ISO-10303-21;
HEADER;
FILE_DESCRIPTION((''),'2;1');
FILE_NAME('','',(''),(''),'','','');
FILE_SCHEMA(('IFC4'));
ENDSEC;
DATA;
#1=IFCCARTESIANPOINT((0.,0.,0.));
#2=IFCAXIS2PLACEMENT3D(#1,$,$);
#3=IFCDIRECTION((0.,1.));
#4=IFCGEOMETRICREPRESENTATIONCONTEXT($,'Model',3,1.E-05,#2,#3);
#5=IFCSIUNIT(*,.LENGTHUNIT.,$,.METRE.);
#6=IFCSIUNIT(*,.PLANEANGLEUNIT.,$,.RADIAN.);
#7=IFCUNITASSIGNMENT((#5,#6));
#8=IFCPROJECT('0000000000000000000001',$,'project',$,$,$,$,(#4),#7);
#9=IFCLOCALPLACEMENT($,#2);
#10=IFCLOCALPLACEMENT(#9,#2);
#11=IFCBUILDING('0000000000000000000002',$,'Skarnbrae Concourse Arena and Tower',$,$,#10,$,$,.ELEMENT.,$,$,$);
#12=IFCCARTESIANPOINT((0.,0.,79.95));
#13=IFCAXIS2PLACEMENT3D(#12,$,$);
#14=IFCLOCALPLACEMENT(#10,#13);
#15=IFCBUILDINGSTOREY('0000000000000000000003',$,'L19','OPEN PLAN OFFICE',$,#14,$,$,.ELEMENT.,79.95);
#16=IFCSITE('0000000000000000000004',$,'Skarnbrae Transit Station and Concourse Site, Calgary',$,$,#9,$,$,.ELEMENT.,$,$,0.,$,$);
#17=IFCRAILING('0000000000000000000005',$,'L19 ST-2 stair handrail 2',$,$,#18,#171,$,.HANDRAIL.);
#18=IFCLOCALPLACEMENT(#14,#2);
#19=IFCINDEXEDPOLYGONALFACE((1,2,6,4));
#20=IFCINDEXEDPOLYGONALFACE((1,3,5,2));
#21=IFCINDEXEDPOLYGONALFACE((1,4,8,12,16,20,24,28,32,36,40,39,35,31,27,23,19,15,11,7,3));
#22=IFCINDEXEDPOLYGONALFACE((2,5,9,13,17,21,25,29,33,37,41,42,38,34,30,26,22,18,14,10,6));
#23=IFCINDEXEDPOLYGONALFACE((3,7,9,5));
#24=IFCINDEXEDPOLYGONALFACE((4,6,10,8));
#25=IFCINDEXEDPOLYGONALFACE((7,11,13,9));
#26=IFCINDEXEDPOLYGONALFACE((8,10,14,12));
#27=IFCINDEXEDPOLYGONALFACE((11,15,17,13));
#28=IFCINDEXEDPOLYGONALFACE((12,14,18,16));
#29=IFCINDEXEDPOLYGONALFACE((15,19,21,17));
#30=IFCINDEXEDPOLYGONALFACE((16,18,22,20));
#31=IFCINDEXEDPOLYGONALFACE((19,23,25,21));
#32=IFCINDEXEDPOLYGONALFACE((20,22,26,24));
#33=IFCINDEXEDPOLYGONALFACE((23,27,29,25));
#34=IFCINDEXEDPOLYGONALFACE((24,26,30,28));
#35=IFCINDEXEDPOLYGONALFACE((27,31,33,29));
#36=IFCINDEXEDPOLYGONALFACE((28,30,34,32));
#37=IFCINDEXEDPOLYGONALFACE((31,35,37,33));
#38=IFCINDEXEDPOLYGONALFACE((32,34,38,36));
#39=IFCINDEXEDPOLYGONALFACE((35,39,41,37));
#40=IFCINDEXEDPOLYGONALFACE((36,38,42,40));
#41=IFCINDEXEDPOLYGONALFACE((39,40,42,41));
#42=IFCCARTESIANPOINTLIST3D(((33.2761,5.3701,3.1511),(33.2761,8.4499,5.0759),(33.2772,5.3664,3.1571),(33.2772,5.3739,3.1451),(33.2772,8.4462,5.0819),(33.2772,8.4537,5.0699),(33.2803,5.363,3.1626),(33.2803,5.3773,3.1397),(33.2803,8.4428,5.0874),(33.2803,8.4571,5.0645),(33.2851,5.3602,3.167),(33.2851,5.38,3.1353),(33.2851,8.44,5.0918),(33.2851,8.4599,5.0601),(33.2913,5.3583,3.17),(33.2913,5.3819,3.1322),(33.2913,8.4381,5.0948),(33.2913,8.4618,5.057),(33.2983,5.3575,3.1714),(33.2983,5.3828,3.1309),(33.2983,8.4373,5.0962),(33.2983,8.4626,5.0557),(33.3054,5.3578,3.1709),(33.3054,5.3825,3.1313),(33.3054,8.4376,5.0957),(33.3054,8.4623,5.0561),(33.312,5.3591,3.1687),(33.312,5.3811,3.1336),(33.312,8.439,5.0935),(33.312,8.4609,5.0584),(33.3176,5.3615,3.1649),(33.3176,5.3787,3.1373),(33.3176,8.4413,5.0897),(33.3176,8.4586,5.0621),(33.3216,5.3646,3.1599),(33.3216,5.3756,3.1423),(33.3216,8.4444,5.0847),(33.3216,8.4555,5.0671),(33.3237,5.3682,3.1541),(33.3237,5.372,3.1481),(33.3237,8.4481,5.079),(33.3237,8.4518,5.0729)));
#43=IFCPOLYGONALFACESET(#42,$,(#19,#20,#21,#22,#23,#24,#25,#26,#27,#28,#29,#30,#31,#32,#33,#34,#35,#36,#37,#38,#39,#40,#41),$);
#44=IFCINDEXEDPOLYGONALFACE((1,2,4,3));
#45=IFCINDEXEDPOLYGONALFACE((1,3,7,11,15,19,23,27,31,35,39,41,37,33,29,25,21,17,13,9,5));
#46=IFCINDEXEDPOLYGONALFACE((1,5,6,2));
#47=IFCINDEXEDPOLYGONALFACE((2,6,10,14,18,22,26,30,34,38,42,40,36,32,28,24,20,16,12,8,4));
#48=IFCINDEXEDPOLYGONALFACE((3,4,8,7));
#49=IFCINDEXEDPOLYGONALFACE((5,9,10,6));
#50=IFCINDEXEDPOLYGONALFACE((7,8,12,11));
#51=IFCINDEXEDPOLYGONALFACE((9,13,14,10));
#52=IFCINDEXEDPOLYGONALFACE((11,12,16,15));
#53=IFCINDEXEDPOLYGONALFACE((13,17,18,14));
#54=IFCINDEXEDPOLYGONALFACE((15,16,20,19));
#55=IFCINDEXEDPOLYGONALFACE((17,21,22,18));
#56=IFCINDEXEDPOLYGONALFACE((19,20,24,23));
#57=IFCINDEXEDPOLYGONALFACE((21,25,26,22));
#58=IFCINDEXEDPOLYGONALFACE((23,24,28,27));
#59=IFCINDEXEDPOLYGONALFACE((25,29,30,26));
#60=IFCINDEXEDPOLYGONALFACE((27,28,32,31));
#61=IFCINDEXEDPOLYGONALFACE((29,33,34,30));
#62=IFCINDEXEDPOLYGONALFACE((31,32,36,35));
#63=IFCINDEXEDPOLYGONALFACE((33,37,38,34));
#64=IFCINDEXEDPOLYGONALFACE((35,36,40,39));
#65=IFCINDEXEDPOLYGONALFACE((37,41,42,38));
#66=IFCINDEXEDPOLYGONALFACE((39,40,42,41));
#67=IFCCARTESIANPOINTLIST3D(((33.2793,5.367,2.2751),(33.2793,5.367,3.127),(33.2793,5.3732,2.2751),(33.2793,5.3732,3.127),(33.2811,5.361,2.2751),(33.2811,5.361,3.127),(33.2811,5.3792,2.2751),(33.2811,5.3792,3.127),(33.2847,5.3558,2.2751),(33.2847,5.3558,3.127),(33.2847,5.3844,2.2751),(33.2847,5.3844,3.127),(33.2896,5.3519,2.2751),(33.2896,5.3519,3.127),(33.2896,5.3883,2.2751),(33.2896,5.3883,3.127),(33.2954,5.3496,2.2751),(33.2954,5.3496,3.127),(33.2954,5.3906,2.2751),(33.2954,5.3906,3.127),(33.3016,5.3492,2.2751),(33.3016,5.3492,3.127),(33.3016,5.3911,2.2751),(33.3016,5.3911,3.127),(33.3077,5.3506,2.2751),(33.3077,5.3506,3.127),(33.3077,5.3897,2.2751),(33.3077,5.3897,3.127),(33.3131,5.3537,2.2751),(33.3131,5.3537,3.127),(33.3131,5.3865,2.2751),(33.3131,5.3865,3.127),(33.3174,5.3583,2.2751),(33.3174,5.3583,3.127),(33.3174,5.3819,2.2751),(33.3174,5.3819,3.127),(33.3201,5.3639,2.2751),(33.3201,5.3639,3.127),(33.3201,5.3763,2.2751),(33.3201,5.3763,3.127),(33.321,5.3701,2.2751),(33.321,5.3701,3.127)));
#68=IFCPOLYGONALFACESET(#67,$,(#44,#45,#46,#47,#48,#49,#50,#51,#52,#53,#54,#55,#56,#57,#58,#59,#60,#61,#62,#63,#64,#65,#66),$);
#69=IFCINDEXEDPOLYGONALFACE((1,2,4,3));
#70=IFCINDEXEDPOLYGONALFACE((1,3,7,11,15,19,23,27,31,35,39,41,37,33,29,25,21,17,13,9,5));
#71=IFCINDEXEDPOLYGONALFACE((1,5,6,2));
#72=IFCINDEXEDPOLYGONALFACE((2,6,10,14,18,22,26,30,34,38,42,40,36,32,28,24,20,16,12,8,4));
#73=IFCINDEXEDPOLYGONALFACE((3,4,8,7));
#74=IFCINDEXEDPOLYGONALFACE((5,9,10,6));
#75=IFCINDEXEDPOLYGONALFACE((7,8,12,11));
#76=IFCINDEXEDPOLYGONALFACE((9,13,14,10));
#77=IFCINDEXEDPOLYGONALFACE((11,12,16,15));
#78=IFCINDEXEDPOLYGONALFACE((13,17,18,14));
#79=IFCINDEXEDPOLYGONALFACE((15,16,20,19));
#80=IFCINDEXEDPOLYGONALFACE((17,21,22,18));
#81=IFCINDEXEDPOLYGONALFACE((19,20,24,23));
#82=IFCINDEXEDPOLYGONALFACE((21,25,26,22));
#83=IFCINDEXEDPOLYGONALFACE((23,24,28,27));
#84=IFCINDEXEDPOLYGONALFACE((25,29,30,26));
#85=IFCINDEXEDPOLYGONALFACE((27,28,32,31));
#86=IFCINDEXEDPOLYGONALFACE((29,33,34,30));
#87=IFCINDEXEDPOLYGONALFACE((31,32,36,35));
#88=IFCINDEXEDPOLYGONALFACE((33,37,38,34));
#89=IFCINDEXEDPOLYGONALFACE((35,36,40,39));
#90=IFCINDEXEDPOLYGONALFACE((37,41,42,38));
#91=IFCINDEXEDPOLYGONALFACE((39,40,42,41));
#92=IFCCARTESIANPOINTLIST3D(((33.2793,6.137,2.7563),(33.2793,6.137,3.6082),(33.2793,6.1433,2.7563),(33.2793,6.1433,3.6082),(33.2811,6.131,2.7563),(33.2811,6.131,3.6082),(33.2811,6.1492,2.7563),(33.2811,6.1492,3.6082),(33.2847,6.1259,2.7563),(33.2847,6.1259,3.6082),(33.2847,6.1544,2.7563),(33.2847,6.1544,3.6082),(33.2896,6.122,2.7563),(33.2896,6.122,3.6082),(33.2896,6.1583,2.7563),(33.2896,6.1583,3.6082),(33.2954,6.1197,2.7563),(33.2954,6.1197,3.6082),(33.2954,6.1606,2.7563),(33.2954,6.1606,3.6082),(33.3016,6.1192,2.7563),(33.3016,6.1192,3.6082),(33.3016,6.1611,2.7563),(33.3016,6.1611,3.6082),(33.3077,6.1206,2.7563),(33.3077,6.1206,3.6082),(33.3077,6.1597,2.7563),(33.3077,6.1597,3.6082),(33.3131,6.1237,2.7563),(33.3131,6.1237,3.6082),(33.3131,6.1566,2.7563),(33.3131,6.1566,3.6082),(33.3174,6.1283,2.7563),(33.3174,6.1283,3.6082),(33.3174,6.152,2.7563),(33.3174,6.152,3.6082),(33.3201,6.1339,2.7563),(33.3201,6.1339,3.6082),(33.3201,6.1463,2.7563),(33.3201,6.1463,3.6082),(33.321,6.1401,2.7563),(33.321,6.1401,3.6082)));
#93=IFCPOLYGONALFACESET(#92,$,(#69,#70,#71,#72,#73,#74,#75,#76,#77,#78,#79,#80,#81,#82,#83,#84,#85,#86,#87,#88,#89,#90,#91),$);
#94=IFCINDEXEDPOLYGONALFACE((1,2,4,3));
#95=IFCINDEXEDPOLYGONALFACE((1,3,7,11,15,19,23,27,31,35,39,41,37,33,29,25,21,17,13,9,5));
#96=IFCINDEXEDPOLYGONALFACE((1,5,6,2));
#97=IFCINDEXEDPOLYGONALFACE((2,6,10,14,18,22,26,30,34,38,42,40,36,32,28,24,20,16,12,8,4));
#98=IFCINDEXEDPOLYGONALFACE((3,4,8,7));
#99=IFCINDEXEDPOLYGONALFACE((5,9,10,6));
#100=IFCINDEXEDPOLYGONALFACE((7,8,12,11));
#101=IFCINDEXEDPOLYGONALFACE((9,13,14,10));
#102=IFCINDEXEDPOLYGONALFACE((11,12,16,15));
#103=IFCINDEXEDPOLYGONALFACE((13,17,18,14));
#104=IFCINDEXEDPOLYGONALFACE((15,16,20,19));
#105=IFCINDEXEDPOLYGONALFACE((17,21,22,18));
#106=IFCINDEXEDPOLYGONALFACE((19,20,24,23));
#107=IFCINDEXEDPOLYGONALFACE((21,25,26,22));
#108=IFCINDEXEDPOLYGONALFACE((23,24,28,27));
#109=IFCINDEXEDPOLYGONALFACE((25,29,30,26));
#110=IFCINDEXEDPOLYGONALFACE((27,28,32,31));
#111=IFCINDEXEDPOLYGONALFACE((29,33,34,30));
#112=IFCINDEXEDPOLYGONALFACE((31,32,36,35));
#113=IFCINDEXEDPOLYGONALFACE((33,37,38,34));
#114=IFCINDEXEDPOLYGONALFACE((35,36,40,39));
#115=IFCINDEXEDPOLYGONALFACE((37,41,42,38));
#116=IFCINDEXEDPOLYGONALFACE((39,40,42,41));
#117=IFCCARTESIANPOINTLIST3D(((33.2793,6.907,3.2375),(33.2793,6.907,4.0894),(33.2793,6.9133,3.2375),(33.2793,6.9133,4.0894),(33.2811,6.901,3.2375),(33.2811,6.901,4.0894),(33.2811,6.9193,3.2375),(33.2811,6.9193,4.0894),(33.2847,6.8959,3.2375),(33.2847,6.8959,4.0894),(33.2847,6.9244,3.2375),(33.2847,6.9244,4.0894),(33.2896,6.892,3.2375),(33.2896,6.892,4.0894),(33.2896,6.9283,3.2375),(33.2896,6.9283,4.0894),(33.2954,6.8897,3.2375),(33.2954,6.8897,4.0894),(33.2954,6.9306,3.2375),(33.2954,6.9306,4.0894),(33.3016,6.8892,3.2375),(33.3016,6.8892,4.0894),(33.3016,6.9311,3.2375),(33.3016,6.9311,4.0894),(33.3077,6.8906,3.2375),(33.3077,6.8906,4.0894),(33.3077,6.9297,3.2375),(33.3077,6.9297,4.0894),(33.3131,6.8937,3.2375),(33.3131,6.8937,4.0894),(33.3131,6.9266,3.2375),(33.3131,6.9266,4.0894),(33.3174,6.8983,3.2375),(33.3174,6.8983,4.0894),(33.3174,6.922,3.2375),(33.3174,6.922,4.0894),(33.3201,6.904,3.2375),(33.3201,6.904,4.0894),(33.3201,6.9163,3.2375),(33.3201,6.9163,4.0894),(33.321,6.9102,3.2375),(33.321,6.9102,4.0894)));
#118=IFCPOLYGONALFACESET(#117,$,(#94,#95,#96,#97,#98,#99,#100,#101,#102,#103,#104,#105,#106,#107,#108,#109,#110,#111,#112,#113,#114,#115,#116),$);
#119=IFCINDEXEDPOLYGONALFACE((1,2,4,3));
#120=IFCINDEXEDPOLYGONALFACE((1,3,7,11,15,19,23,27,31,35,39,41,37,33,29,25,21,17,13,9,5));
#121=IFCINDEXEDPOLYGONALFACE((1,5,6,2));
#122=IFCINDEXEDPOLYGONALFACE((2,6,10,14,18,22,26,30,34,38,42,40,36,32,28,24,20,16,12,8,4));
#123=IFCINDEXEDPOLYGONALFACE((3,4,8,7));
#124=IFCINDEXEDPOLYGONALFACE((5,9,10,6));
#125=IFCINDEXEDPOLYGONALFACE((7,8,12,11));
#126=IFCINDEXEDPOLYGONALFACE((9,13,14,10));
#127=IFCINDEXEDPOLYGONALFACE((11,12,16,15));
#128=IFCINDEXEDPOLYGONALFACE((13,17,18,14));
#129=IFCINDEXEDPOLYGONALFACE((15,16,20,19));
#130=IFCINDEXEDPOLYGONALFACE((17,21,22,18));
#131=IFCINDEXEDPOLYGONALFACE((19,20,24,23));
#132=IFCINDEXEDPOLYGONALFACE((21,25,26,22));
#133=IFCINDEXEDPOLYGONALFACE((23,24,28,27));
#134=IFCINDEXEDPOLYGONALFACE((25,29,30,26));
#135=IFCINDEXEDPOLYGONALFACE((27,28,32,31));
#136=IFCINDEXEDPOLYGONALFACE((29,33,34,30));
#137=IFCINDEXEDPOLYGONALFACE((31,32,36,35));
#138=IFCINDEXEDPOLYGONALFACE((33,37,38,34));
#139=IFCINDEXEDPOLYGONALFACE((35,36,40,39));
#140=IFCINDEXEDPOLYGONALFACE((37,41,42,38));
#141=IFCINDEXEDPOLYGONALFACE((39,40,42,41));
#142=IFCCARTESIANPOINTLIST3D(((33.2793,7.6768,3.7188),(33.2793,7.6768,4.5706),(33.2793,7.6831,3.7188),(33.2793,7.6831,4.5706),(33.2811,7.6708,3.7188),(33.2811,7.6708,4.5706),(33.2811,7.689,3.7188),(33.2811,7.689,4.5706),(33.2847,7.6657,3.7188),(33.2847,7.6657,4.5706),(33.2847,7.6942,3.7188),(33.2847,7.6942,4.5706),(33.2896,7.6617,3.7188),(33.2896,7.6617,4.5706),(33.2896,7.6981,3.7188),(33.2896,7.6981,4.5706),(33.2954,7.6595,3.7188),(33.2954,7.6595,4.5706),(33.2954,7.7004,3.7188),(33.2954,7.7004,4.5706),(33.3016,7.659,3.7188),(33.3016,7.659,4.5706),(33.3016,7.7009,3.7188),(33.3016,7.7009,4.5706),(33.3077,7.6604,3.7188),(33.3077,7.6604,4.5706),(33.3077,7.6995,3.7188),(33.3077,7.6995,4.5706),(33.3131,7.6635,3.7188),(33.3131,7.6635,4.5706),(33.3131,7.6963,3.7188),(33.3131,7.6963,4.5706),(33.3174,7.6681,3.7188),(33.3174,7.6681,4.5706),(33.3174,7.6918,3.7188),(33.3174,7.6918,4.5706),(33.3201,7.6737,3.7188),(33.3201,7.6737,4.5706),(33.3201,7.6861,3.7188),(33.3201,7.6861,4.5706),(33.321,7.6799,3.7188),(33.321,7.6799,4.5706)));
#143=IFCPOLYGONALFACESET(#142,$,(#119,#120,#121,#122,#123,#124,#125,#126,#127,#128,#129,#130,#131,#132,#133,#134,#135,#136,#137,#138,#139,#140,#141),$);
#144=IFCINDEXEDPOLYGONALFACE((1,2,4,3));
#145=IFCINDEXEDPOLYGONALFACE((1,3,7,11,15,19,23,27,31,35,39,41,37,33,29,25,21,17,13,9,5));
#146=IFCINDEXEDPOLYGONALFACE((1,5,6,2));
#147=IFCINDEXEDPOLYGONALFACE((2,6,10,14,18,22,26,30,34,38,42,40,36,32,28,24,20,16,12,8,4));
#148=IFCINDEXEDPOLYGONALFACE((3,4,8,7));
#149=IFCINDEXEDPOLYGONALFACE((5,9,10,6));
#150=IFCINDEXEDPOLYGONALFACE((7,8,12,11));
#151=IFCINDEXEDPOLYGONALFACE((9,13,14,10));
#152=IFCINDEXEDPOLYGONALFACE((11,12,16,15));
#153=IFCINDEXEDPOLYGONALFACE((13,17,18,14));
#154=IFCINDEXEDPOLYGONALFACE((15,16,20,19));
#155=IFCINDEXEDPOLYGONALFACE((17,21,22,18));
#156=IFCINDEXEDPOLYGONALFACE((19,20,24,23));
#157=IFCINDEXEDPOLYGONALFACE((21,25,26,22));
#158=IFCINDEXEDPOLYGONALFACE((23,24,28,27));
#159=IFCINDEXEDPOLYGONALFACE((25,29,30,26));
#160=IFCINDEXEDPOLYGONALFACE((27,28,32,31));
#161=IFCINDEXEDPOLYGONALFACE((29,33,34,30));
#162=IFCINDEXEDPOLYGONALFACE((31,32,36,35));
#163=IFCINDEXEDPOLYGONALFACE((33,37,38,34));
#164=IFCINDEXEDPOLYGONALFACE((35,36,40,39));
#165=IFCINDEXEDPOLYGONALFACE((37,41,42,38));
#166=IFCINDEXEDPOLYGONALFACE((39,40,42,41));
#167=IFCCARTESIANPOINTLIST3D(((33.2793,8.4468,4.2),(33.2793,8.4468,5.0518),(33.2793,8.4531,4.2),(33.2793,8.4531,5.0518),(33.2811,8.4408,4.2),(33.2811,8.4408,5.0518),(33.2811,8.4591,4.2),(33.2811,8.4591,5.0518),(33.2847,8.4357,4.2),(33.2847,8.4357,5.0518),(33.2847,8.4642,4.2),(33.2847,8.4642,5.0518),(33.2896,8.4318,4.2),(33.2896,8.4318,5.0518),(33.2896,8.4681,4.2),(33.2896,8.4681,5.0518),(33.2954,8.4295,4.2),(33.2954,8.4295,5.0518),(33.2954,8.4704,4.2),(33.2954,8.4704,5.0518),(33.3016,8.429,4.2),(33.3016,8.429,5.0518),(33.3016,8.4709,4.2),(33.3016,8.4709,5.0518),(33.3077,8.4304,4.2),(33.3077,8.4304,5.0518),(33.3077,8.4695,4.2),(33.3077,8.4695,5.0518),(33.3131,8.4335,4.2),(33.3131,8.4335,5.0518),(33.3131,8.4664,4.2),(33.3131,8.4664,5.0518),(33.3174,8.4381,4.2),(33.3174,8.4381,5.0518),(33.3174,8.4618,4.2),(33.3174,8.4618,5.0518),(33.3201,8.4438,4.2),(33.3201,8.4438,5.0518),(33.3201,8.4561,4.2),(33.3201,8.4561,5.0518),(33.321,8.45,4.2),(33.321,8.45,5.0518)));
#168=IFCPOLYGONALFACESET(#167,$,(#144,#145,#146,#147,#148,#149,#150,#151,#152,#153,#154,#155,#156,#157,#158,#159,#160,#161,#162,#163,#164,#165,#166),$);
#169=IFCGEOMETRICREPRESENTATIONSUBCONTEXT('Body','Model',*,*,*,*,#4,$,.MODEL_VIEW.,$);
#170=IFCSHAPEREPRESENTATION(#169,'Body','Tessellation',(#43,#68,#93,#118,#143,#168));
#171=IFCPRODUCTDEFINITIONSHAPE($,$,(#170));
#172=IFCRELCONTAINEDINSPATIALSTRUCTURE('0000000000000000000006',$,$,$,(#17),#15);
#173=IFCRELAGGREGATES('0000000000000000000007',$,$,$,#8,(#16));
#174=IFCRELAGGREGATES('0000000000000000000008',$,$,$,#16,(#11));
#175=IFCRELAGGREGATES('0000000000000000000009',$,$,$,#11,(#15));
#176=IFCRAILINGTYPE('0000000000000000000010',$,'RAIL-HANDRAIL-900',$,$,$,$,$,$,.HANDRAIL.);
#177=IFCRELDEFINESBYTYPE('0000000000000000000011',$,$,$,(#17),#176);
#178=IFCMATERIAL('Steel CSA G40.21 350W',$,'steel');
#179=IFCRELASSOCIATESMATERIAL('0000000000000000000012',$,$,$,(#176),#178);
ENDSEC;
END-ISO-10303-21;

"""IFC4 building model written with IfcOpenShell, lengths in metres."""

from ifc_helpers import new_model, si_unit, direction, frame, origin, origin_2d, place, context, subcontext, project, spatial, circle, extrude, material, type_object, element, save


model = new_model("IFC4")

# Units and contexts
model_context = context("Model", 3, precision=1e-05, world=origin(), true_north=direction((0.0, 1.0)))
body_context = subcontext(model_context, "Body", "Model", "MODEL_VIEW")
ifc_project = project(units=[si_unit("LENGTHUNIT", "METRE"), si_unit("PLANEANGLEUNIT", "RADIAN")], contexts=[model_context])

# Site, building, storey
site_placement = place(None, origin())
site = spatial("IfcSite", under=ifc_project, at=site_placement, Name="Skarnbrae Transit Station and Concourse Site, Calgary", CompositionType="ELEMENT", RefElevation=0.0)
building_placement = place(site_placement, origin())
building = spatial("IfcBuilding", under=site, at=building_placement, Name="Skarnbrae Concourse Arena and Tower", CompositionType="ELEMENT")
storey_placement = place(building_placement, frame((0.0, 0.0, 79.95)))
storey = spatial("IfcBuildingStorey", under=building, at=storey_placement, Name="L19", Description="OPEN PLAN OFFICE", CompositionType="ELEMENT", Elevation=79.95)

# Shared definitions
ifc_material_1 = material(Name="Steel CSA G40.21 350W", Category="steel")

# Railing
railing_type_1 = type_object("IfcRailingType", Name="RAIL-HANDRAIL-900", PredefinedType="HANDRAIL", material=ifc_material_1)
railing_1_placement = place(storey_placement, frame((33.3, 5.3701, 2.2751)))
element("IfcRailing", 1, at=railing_1_placement, inside=storey, type_object=railing_type_1, Name="L19 ST-2 stair handrail 2", PredefinedType="HANDRAIL", context=body_context, shape_type="SweptSolid", body=[
    extrude(circle(Radius=0.0239, at=origin_2d()), frame((0.0, 0.0, 0.876), z_axis=(0.0, 0.84801, 0.529981), x_axis=(-1.0, 0.0, 0.0)), (0.0, 0.0, 1.0), 3.6318),
    extrude(circle(Radius=0.021, at=origin_2d()), origin(), (0.0, 0.0, 1.0), 0.8518),
    extrude(circle(Radius=0.021, at=origin_2d()), frame((0.0, 0.77, 0.4812)), (0.0, 0.0, 1.0), 0.8518),
    extrude(circle(Radius=0.021, at=origin_2d()), frame((0.0, 1.54, 0.9624)), (0.0, 0.0, 1.0), 0.8518),
    extrude(circle(Radius=0.021, at=origin_2d()), frame((0.0, 2.3098, 1.4436)), (0.0, 0.0, 1.0), 0.8518),
    extrude(circle(Radius=0.021, at=origin_2d()), frame((0.0, 3.0798, 1.9248)), (0.0, 0.0, 1.0), 0.8518),
])

save(model, "model.ifc")
